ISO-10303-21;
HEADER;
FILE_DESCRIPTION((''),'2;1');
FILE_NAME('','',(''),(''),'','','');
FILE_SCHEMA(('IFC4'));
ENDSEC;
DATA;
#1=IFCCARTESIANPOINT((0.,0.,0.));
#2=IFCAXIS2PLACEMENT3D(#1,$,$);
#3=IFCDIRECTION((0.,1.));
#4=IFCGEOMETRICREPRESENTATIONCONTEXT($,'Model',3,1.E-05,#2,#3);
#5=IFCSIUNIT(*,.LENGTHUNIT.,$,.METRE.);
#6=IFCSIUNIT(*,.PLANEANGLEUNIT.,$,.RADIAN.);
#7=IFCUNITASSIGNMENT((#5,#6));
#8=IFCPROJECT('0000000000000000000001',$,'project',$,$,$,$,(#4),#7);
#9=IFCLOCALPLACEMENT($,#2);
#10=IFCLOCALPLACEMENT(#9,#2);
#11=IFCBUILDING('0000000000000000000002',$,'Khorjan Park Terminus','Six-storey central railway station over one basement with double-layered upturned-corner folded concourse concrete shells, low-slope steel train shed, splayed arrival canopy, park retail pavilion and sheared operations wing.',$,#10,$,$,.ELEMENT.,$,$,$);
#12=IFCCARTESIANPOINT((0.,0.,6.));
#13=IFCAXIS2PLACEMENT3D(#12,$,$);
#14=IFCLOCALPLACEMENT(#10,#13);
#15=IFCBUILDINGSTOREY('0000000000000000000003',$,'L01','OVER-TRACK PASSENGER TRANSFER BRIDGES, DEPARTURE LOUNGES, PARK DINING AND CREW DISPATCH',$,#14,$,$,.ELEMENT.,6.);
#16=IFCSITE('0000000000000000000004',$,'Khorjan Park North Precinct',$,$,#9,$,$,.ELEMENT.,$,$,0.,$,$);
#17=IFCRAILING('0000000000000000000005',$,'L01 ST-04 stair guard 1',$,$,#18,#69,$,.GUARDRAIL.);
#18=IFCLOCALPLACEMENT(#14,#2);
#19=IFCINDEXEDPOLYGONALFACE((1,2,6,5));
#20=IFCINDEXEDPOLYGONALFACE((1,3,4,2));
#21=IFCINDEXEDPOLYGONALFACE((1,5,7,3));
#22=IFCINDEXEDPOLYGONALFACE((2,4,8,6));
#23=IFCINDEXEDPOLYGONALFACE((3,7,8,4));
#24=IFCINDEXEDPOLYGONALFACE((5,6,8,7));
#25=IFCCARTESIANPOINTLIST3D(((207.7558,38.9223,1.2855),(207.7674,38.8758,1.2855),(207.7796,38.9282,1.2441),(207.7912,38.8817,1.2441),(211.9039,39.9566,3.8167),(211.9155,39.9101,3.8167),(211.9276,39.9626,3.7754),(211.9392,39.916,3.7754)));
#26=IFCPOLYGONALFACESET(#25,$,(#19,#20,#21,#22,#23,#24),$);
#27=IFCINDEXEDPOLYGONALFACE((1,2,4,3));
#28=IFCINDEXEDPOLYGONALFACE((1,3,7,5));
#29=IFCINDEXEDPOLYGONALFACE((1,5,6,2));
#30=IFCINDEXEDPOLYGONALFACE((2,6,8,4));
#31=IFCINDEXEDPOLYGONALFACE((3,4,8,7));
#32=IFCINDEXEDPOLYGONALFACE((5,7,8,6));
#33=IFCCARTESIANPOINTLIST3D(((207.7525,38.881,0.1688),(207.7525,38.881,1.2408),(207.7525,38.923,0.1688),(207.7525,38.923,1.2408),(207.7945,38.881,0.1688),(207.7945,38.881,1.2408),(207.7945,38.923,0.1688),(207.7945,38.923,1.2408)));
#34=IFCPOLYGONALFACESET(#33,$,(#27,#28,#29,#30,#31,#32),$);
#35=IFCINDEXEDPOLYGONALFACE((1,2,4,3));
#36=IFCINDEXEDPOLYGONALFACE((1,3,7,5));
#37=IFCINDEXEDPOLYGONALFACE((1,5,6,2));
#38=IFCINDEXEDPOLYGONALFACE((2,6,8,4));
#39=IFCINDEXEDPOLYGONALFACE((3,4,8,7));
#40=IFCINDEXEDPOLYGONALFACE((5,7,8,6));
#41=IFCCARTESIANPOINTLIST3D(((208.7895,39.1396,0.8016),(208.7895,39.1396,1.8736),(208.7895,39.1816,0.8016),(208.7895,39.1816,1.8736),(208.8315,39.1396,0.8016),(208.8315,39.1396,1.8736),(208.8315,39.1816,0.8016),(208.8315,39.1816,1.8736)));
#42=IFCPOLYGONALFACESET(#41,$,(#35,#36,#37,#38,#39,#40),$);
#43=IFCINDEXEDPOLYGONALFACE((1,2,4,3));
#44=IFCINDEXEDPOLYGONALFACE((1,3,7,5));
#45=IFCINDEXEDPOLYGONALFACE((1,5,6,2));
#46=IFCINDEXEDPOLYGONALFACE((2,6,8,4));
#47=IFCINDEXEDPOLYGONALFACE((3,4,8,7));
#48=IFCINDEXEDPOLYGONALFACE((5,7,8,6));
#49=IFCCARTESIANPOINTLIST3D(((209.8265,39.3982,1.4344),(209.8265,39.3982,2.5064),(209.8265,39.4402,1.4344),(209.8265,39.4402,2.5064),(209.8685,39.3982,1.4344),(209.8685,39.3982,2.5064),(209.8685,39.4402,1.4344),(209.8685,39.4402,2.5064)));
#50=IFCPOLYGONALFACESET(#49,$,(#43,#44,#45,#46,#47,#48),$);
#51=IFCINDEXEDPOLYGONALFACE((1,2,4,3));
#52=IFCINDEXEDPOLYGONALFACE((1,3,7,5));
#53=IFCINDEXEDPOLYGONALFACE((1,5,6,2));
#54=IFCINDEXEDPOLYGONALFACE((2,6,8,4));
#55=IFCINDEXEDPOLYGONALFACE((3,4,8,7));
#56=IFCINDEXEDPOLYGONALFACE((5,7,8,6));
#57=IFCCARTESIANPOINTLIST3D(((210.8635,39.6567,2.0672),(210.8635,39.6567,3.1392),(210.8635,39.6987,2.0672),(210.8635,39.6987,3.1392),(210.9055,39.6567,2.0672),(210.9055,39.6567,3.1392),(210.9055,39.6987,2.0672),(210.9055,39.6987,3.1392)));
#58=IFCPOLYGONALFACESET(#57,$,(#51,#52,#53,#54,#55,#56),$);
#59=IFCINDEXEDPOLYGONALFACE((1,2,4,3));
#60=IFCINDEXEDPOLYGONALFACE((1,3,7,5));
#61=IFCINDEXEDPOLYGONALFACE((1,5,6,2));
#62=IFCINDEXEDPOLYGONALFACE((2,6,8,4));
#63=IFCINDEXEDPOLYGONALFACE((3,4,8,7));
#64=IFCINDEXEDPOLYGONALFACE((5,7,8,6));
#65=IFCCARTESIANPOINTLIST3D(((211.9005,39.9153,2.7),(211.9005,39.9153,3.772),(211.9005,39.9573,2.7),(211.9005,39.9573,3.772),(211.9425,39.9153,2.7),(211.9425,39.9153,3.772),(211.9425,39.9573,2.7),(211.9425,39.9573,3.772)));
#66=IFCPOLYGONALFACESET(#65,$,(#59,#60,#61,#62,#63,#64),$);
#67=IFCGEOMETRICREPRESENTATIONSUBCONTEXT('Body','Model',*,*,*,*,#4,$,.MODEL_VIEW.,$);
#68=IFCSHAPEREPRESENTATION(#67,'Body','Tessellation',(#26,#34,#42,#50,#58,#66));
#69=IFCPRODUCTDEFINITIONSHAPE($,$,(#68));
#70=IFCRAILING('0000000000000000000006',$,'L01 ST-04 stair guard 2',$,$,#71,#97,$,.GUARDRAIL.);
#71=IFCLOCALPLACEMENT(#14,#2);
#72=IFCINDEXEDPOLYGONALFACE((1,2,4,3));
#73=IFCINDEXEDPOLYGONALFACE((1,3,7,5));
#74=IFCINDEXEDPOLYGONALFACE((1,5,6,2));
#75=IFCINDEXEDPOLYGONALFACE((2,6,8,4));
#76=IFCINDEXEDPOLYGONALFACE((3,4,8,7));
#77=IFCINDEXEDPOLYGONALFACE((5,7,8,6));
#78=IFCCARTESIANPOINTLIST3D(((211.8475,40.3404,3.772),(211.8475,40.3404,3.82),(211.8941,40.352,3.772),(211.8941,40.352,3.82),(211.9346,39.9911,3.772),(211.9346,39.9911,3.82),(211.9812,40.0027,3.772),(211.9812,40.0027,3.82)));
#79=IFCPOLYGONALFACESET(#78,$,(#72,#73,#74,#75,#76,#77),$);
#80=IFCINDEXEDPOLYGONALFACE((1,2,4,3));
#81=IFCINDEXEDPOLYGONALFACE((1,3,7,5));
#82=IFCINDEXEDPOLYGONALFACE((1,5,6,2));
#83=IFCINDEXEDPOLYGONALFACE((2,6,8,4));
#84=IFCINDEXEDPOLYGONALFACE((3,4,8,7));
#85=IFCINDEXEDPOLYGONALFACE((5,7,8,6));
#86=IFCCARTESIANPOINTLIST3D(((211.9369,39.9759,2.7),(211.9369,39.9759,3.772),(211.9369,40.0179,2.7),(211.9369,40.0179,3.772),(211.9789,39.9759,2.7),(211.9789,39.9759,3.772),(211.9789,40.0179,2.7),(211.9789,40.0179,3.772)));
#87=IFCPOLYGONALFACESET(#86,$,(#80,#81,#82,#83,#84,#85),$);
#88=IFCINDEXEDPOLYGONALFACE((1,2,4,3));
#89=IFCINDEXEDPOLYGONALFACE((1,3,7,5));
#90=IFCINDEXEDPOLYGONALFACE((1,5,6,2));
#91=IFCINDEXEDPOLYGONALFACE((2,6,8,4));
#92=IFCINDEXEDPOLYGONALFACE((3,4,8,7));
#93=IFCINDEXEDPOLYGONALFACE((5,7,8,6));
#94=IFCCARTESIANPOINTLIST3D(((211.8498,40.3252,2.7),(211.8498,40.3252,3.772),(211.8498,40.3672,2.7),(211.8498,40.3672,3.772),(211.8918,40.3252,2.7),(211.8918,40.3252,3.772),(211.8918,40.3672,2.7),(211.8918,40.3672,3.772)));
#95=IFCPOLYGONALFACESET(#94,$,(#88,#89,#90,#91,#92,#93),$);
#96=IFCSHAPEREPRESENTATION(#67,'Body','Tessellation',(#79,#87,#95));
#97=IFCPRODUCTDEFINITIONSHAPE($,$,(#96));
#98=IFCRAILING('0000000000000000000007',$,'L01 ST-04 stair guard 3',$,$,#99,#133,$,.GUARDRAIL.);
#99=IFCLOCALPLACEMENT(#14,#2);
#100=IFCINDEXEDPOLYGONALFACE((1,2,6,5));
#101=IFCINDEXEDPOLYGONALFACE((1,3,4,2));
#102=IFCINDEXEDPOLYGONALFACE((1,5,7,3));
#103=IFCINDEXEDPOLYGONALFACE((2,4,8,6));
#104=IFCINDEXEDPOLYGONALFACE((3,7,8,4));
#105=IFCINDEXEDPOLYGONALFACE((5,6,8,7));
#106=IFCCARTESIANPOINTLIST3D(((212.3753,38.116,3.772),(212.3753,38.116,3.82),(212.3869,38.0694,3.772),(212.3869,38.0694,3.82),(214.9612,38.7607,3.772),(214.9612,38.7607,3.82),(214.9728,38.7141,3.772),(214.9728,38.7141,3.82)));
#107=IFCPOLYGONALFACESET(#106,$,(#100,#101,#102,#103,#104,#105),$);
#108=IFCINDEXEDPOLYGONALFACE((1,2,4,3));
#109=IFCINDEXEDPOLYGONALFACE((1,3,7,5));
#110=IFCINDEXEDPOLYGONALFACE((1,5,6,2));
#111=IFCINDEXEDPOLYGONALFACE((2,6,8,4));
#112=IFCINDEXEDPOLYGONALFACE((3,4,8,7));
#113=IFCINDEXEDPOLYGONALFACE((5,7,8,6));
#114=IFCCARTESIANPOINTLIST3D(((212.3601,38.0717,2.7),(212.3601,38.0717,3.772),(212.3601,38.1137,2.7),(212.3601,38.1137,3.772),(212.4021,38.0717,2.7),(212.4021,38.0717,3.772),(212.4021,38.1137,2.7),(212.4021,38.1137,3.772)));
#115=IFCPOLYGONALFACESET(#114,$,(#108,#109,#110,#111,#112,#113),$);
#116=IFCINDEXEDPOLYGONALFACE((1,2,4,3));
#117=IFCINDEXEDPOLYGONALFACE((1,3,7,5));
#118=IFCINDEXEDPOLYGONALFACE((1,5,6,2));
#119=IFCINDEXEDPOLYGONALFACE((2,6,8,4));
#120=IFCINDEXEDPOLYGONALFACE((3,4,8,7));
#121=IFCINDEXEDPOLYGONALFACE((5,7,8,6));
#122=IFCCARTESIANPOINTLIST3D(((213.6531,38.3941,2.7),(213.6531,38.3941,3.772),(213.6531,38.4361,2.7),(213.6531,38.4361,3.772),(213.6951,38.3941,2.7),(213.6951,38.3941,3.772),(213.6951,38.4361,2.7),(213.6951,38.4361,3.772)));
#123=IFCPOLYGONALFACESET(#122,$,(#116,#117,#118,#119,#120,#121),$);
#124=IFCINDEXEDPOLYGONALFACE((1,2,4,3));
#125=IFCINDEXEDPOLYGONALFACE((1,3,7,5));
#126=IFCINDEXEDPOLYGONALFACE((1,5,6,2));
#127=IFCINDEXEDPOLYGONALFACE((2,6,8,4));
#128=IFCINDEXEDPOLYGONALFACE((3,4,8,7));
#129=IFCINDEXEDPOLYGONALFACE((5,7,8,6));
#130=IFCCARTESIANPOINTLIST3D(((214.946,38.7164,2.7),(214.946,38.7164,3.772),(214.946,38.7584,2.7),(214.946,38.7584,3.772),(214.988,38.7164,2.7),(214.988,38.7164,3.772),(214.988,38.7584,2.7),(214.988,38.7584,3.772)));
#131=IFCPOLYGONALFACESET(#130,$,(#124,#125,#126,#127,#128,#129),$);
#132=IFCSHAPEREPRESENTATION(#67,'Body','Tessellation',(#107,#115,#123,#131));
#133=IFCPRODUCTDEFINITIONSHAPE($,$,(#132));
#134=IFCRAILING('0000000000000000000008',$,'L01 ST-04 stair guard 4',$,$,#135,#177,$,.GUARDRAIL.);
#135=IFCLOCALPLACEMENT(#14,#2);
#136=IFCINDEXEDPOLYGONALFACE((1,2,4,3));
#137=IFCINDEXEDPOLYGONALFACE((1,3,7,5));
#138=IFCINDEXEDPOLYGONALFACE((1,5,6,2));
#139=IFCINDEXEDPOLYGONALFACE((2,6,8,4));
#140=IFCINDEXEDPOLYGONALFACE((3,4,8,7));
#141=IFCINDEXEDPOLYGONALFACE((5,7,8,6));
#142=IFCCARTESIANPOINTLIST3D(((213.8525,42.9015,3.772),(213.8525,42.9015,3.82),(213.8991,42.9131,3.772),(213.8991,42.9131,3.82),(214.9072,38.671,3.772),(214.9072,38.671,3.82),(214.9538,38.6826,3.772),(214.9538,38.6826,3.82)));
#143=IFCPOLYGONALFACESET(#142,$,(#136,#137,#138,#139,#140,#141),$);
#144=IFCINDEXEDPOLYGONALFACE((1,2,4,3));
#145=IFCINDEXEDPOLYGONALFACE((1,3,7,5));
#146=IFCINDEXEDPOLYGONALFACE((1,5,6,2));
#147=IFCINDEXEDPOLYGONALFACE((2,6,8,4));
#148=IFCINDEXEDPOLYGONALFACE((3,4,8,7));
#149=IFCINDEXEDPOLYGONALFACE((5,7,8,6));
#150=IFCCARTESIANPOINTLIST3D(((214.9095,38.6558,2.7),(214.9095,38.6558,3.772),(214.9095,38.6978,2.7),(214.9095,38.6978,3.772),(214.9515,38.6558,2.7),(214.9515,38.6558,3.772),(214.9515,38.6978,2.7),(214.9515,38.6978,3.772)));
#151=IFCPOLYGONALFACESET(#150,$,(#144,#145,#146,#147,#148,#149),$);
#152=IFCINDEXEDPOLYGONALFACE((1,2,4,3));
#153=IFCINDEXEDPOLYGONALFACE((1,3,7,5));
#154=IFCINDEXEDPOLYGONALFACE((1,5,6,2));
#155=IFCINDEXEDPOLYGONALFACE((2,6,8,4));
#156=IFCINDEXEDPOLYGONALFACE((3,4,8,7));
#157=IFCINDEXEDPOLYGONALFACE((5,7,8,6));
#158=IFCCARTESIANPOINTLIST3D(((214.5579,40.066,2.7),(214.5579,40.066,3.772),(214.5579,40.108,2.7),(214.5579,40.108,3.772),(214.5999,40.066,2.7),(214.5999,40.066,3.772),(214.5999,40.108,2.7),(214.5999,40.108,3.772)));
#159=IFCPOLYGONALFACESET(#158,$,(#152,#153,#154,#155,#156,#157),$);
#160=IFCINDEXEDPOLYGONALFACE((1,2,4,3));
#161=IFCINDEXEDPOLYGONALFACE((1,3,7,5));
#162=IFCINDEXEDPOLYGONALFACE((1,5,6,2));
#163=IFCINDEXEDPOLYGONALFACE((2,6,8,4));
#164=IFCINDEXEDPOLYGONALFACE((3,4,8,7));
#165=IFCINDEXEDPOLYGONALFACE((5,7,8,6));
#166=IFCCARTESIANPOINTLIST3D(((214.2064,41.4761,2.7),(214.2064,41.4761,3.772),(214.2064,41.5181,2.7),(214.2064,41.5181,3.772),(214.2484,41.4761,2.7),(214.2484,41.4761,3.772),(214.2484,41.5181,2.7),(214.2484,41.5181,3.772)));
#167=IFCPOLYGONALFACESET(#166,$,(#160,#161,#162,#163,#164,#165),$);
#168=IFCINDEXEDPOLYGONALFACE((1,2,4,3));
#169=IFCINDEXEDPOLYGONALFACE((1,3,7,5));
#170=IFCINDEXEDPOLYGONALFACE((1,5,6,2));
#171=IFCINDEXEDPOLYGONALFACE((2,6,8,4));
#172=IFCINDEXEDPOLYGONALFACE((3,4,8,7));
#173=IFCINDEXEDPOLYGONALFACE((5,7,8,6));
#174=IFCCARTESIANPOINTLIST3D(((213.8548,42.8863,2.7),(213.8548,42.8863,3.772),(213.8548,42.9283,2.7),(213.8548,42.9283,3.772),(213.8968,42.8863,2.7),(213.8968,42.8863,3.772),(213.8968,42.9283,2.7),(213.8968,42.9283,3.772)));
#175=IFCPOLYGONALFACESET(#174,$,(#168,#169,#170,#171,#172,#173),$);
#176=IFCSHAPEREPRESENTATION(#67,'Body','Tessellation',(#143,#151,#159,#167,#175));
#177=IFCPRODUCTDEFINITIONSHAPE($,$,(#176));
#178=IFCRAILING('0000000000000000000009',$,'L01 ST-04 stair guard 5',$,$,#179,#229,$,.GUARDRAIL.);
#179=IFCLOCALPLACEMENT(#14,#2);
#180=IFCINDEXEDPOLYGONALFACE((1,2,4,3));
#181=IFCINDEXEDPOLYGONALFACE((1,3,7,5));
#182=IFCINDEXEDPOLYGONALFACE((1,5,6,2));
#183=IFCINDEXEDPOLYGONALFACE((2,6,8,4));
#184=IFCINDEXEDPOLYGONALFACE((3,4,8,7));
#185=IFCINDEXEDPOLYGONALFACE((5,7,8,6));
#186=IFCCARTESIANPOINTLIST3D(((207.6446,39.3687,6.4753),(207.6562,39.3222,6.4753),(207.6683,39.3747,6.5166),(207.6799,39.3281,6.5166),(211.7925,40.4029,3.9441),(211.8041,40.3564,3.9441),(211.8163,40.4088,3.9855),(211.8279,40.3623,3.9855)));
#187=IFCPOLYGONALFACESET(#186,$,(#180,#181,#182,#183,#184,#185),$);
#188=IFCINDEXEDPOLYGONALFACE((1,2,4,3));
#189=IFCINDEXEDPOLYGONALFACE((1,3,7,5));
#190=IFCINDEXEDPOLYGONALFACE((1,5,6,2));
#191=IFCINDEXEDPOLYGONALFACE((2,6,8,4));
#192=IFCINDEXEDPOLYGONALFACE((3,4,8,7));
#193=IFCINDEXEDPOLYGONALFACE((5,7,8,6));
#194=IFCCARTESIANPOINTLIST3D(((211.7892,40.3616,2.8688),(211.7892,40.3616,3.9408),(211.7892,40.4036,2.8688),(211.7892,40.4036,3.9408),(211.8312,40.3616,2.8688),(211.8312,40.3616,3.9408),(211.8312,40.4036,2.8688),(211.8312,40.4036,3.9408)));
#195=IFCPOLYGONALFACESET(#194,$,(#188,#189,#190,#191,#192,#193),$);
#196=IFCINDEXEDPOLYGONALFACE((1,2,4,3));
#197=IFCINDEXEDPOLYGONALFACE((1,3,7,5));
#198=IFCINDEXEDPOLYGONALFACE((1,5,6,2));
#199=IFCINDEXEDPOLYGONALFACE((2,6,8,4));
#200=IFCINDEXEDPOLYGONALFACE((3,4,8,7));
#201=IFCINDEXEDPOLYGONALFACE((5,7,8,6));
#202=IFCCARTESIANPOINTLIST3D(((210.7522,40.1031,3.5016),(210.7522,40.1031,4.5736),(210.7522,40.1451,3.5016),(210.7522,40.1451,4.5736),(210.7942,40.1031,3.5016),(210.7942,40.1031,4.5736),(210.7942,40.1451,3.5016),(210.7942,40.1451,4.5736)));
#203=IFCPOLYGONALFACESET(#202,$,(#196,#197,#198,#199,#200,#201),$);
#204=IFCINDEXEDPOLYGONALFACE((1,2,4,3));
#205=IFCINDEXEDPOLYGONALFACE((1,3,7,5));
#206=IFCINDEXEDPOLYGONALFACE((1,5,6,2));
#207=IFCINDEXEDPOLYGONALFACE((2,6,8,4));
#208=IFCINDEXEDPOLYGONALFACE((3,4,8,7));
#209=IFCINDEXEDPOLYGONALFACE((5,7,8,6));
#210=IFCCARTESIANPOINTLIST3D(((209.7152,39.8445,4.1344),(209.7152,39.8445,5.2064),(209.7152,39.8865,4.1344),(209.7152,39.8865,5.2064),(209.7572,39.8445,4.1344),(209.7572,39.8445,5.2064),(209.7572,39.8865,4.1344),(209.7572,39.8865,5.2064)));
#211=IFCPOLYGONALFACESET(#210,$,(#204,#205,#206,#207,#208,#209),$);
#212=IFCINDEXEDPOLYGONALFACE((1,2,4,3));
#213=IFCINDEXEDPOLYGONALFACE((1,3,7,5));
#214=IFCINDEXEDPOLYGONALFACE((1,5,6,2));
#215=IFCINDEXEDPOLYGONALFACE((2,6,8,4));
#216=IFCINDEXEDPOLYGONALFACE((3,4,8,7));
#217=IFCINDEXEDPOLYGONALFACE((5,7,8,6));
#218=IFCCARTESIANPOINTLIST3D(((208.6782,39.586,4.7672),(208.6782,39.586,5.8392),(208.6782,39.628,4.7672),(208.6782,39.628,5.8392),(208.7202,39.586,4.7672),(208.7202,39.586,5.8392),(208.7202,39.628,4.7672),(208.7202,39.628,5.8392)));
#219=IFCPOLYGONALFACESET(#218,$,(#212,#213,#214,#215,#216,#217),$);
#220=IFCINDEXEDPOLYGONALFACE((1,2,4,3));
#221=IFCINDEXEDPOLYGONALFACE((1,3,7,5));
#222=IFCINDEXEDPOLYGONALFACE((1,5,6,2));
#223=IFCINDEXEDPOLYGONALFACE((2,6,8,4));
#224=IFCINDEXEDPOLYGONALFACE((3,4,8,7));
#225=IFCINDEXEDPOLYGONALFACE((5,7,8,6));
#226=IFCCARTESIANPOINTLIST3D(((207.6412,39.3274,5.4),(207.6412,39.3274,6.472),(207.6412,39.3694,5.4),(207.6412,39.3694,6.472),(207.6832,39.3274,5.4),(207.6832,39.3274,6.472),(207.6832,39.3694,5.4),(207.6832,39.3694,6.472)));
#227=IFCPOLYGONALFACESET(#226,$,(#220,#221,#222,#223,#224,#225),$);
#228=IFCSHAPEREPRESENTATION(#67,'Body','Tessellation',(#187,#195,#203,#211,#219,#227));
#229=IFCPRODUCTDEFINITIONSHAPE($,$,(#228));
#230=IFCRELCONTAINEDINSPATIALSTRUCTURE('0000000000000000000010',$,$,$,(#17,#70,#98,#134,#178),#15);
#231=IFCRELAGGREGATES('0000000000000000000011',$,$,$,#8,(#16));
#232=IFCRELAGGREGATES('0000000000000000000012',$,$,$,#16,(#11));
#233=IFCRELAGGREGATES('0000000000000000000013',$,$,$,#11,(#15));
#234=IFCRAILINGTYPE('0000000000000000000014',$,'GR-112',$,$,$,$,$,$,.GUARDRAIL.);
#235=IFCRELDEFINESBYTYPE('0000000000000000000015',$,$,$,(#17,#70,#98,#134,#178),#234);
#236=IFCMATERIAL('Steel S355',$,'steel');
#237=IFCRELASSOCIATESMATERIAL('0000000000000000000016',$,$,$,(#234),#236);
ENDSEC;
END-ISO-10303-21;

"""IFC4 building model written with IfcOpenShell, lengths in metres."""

from ifc_helpers import new_model, si_unit, direction, frame, origin, origin_2d, place, context, subcontext, project, spatial, rectangle, extrude, material, type_object, element, save


model = new_model("IFC4")

# Units and contexts
model_context = context("Model", 3, precision=1e-05, world=origin(), true_north=direction((0.0, 1.0)))
body_context = subcontext(model_context, "Body", "Model", "MODEL_VIEW")
ifc_project = project(units=[si_unit("LENGTHUNIT", "METRE"), si_unit("PLANEANGLEUNIT", "RADIAN")], contexts=[model_context])

# Site, building, storey
site_placement = place(None, origin())
site = spatial("IfcSite", under=ifc_project, at=site_placement, Name="Khorjan Park North Precinct", CompositionType="ELEMENT", RefElevation=0.0)
building_placement = place(site_placement, origin())
building = spatial("IfcBuilding", under=site, at=building_placement, Name="Khorjan Park Terminus", Description="Six-storey central railway station over one basement with double-layered upturned-corner folded concourse concrete shells, low-slope steel train shed, splayed arrival canopy, park retail pavilion and sheared operations wing.", CompositionType="ELEMENT")
storey_placement = place(building_placement, frame((0.0, 0.0, 6.0)))
storey = spatial("IfcBuildingStorey", under=building, at=storey_placement, Name="L01", Description="OVER-TRACK PASSENGER TRANSFER BRIDGES, DEPARTURE LOUNGES, PARK DINING AND CREW DISPATCH", CompositionType="ELEMENT", Elevation=6.0)

# Shared definitions
ifc_material_1 = material(Name="Steel S355", Category="steel")

# Railings
railing_type_1 = type_object("IfcRailingType", Name="GR-112", PredefinedType="GUARDRAIL", material=ifc_material_1)
railing_1_placement = place(storey_placement, frame((207.7735, 38.902, 0.1688)))
element("IfcRailing", 1, at=railing_1_placement, inside=storey, type_object=railing_type_1, Name="L01 ST-04 stair guard 1", PredefinedType="GUARDRAIL", context=body_context, shape_type="SweptSolid", body=[
    extrude(rectangle(XDim=0.048, YDim=0.048, at=origin_2d()), frame((0.0, 0.0, 1.096), z_axis=(0.834916, 0.208186, 0.509484), x_axis=(-0.241941, 0.970291, 0.0)), (0.0, 0.0, 1.0), 4.9682),
    extrude(rectangle(XDim=0.042, YDim=0.042, at=origin_2d()), origin(), (0.0, 0.0, 1.0), 1.072),
    extrude(rectangle(XDim=0.042, YDim=0.042, at=origin_2d()), frame((1.037, 0.2586, 0.6328)), (0.0, 0.0, 1.0), 1.072),
    extrude(rectangle(XDim=0.042, YDim=0.042, at=origin_2d()), frame((2.074, 0.5172, 1.2656)), (0.0, 0.0, 1.0), 1.072),
    extrude(rectangle(XDim=0.042, YDim=0.042, at=origin_2d()), frame((3.111, 0.7757, 1.8984)), (0.0, 0.0, 1.0), 1.072),
    extrude(rectangle(XDim=0.042, YDim=0.042, at=origin_2d()), frame((4.148, 1.0343, 2.5312)), (0.0, 0.0, 1.0), 1.072),
])
railing_2_placement = place(storey_placement, frame((211.9579, 39.9969, 2.7)))
element("IfcRailing", 2, at=railing_2_placement, inside=storey, type_object=railing_type_1, Name="L01 ST-04 stair guard 2", PredefinedType="GUARDRAIL", context=body_context, shape_type="SweptSolid", body=[
    extrude(rectangle(XDim=0.048, YDim=0.048, at=origin_2d()), frame((0.0, 0.0, 1.096), z_axis=(-0.241947, 0.970289, 0.0), x_axis=(-0.970289, -0.241947, 0.0)), (0.0, 0.0, 1.0), 0.36),
    extrude(rectangle(XDim=0.042, YDim=0.042, at=origin_2d()), origin(), (0.0, 0.0, 1.0), 1.072),
    extrude(rectangle(XDim=0.042, YDim=0.042, at=origin_2d()), frame((-0.0871, 0.3493, 0.0)), (0.0, 0.0, 1.0), 1.072),
])
railing_3_placement = place(storey_placement, frame((212.3811, 38.0927, 2.7)))
element("IfcRailing", 3, at=railing_3_placement, inside=storey, type_object=railing_type_1, Name="L01 ST-04 stair guard 3", PredefinedType="GUARDRAIL", context=body_context, shape_type="SweptSolid", body=[
    extrude(rectangle(XDim=0.048, YDim=0.048, at=origin_2d()), frame((0.0, 0.0, 1.096), z_axis=(0.970299, 0.241909, 0.0), x_axis=(-0.241909, 0.970299, 0.0)), (0.0, 0.0, 1.0), 2.6651),
    extrude(rectangle(XDim=0.042, YDim=0.042, at=origin_2d()), origin(), (0.0, 0.0, 1.0), 1.072),
    extrude(rectangle(XDim=0.042, YDim=0.042, at=origin_2d()), frame((1.293, 0.3224, 0.0)), (0.0, 0.0, 1.0), 1.072),
    extrude(rectangle(XDim=0.042, YDim=0.042, at=origin_2d()), frame((2.5859, 0.6447, 0.0)), (0.0, 0.0, 1.0), 1.072),
])
railing_4_placement = place(storey_placement, frame((214.9305, 38.6768, 2.7)))
element("IfcRailing", 4, at=railing_4_placement, inside=storey, type_object=railing_type_1, Name="L01 ST-04 stair guard 4", PredefinedType="GUARDRAIL", context=body_context, shape_type="SweptSolid", body=[
    extrude(rectangle(XDim=0.048, YDim=0.048, at=origin_2d()), frame((0.0, 0.0, 1.096), z_axis=(-0.241904, 0.9703, 0.0), x_axis=(-0.9703, -0.241904, 0.0)), (0.0, 0.0, 1.0), 4.36),
    extrude(rectangle(XDim=0.042, YDim=0.042, at=origin_2d()), origin(), (0.0, 0.0, 1.0), 1.072),
    extrude(rectangle(XDim=0.042, YDim=0.042, at=origin_2d()), frame((-0.3516, 1.4102, 0.0)), (0.0, 0.0, 1.0), 1.072),
    extrude(rectangle(XDim=0.042, YDim=0.042, at=origin_2d()), frame((-0.7031, 2.8203, 0.0)), (0.0, 0.0, 1.0), 1.072),
    extrude(rectangle(XDim=0.042, YDim=0.042, at=origin_2d()), frame((-1.0547, 4.2305, 0.0)), (0.0, 0.0, 1.0), 1.072),
])
railing_5_placement = place(storey_placement, frame((211.8102, 40.3826, 2.8688)))
element("IfcRailing", 5, at=railing_5_placement, inside=storey, type_object=railing_type_1, Name="L01 ST-04 stair guard 5", PredefinedType="GUARDRAIL", context=body_context, shape_type="SweptSolid", body=[
    extrude(rectangle(XDim=0.048, YDim=0.048, at=origin_2d()), frame((0.0, 0.0, 1.096), z_axis=(-0.83492, -0.208166, 0.509486), x_axis=(0.241919, -0.970296, 0.0)), (0.0, 0.0, 1.0), 4.9681),
    extrude(rectangle(XDim=0.042, YDim=0.042, at=origin_2d()), origin(), (0.0, 0.0, 1.0), 1.072),
    extrude(rectangle(XDim=0.042, YDim=0.042, at=origin_2d()), frame((-1.037, -0.2585, 0.6328)), (0.0, 0.0, 1.0), 1.072),
    extrude(rectangle(XDim=0.042, YDim=0.042, at=origin_2d()), frame((-2.074, -0.5171, 1.2656)), (0.0, 0.0, 1.0), 1.072),
    extrude(rectangle(XDim=0.042, YDim=0.042, at=origin_2d()), frame((-3.111, -0.7756, 1.8984)), (0.0, 0.0, 1.0), 1.072),
    extrude(rectangle(XDim=0.042, YDim=0.042, at=origin_2d()), frame((-4.148, -1.0342, 2.5312)), (0.0, 0.0, 1.0), 1.072),
])

save(model, "model.ifc")
